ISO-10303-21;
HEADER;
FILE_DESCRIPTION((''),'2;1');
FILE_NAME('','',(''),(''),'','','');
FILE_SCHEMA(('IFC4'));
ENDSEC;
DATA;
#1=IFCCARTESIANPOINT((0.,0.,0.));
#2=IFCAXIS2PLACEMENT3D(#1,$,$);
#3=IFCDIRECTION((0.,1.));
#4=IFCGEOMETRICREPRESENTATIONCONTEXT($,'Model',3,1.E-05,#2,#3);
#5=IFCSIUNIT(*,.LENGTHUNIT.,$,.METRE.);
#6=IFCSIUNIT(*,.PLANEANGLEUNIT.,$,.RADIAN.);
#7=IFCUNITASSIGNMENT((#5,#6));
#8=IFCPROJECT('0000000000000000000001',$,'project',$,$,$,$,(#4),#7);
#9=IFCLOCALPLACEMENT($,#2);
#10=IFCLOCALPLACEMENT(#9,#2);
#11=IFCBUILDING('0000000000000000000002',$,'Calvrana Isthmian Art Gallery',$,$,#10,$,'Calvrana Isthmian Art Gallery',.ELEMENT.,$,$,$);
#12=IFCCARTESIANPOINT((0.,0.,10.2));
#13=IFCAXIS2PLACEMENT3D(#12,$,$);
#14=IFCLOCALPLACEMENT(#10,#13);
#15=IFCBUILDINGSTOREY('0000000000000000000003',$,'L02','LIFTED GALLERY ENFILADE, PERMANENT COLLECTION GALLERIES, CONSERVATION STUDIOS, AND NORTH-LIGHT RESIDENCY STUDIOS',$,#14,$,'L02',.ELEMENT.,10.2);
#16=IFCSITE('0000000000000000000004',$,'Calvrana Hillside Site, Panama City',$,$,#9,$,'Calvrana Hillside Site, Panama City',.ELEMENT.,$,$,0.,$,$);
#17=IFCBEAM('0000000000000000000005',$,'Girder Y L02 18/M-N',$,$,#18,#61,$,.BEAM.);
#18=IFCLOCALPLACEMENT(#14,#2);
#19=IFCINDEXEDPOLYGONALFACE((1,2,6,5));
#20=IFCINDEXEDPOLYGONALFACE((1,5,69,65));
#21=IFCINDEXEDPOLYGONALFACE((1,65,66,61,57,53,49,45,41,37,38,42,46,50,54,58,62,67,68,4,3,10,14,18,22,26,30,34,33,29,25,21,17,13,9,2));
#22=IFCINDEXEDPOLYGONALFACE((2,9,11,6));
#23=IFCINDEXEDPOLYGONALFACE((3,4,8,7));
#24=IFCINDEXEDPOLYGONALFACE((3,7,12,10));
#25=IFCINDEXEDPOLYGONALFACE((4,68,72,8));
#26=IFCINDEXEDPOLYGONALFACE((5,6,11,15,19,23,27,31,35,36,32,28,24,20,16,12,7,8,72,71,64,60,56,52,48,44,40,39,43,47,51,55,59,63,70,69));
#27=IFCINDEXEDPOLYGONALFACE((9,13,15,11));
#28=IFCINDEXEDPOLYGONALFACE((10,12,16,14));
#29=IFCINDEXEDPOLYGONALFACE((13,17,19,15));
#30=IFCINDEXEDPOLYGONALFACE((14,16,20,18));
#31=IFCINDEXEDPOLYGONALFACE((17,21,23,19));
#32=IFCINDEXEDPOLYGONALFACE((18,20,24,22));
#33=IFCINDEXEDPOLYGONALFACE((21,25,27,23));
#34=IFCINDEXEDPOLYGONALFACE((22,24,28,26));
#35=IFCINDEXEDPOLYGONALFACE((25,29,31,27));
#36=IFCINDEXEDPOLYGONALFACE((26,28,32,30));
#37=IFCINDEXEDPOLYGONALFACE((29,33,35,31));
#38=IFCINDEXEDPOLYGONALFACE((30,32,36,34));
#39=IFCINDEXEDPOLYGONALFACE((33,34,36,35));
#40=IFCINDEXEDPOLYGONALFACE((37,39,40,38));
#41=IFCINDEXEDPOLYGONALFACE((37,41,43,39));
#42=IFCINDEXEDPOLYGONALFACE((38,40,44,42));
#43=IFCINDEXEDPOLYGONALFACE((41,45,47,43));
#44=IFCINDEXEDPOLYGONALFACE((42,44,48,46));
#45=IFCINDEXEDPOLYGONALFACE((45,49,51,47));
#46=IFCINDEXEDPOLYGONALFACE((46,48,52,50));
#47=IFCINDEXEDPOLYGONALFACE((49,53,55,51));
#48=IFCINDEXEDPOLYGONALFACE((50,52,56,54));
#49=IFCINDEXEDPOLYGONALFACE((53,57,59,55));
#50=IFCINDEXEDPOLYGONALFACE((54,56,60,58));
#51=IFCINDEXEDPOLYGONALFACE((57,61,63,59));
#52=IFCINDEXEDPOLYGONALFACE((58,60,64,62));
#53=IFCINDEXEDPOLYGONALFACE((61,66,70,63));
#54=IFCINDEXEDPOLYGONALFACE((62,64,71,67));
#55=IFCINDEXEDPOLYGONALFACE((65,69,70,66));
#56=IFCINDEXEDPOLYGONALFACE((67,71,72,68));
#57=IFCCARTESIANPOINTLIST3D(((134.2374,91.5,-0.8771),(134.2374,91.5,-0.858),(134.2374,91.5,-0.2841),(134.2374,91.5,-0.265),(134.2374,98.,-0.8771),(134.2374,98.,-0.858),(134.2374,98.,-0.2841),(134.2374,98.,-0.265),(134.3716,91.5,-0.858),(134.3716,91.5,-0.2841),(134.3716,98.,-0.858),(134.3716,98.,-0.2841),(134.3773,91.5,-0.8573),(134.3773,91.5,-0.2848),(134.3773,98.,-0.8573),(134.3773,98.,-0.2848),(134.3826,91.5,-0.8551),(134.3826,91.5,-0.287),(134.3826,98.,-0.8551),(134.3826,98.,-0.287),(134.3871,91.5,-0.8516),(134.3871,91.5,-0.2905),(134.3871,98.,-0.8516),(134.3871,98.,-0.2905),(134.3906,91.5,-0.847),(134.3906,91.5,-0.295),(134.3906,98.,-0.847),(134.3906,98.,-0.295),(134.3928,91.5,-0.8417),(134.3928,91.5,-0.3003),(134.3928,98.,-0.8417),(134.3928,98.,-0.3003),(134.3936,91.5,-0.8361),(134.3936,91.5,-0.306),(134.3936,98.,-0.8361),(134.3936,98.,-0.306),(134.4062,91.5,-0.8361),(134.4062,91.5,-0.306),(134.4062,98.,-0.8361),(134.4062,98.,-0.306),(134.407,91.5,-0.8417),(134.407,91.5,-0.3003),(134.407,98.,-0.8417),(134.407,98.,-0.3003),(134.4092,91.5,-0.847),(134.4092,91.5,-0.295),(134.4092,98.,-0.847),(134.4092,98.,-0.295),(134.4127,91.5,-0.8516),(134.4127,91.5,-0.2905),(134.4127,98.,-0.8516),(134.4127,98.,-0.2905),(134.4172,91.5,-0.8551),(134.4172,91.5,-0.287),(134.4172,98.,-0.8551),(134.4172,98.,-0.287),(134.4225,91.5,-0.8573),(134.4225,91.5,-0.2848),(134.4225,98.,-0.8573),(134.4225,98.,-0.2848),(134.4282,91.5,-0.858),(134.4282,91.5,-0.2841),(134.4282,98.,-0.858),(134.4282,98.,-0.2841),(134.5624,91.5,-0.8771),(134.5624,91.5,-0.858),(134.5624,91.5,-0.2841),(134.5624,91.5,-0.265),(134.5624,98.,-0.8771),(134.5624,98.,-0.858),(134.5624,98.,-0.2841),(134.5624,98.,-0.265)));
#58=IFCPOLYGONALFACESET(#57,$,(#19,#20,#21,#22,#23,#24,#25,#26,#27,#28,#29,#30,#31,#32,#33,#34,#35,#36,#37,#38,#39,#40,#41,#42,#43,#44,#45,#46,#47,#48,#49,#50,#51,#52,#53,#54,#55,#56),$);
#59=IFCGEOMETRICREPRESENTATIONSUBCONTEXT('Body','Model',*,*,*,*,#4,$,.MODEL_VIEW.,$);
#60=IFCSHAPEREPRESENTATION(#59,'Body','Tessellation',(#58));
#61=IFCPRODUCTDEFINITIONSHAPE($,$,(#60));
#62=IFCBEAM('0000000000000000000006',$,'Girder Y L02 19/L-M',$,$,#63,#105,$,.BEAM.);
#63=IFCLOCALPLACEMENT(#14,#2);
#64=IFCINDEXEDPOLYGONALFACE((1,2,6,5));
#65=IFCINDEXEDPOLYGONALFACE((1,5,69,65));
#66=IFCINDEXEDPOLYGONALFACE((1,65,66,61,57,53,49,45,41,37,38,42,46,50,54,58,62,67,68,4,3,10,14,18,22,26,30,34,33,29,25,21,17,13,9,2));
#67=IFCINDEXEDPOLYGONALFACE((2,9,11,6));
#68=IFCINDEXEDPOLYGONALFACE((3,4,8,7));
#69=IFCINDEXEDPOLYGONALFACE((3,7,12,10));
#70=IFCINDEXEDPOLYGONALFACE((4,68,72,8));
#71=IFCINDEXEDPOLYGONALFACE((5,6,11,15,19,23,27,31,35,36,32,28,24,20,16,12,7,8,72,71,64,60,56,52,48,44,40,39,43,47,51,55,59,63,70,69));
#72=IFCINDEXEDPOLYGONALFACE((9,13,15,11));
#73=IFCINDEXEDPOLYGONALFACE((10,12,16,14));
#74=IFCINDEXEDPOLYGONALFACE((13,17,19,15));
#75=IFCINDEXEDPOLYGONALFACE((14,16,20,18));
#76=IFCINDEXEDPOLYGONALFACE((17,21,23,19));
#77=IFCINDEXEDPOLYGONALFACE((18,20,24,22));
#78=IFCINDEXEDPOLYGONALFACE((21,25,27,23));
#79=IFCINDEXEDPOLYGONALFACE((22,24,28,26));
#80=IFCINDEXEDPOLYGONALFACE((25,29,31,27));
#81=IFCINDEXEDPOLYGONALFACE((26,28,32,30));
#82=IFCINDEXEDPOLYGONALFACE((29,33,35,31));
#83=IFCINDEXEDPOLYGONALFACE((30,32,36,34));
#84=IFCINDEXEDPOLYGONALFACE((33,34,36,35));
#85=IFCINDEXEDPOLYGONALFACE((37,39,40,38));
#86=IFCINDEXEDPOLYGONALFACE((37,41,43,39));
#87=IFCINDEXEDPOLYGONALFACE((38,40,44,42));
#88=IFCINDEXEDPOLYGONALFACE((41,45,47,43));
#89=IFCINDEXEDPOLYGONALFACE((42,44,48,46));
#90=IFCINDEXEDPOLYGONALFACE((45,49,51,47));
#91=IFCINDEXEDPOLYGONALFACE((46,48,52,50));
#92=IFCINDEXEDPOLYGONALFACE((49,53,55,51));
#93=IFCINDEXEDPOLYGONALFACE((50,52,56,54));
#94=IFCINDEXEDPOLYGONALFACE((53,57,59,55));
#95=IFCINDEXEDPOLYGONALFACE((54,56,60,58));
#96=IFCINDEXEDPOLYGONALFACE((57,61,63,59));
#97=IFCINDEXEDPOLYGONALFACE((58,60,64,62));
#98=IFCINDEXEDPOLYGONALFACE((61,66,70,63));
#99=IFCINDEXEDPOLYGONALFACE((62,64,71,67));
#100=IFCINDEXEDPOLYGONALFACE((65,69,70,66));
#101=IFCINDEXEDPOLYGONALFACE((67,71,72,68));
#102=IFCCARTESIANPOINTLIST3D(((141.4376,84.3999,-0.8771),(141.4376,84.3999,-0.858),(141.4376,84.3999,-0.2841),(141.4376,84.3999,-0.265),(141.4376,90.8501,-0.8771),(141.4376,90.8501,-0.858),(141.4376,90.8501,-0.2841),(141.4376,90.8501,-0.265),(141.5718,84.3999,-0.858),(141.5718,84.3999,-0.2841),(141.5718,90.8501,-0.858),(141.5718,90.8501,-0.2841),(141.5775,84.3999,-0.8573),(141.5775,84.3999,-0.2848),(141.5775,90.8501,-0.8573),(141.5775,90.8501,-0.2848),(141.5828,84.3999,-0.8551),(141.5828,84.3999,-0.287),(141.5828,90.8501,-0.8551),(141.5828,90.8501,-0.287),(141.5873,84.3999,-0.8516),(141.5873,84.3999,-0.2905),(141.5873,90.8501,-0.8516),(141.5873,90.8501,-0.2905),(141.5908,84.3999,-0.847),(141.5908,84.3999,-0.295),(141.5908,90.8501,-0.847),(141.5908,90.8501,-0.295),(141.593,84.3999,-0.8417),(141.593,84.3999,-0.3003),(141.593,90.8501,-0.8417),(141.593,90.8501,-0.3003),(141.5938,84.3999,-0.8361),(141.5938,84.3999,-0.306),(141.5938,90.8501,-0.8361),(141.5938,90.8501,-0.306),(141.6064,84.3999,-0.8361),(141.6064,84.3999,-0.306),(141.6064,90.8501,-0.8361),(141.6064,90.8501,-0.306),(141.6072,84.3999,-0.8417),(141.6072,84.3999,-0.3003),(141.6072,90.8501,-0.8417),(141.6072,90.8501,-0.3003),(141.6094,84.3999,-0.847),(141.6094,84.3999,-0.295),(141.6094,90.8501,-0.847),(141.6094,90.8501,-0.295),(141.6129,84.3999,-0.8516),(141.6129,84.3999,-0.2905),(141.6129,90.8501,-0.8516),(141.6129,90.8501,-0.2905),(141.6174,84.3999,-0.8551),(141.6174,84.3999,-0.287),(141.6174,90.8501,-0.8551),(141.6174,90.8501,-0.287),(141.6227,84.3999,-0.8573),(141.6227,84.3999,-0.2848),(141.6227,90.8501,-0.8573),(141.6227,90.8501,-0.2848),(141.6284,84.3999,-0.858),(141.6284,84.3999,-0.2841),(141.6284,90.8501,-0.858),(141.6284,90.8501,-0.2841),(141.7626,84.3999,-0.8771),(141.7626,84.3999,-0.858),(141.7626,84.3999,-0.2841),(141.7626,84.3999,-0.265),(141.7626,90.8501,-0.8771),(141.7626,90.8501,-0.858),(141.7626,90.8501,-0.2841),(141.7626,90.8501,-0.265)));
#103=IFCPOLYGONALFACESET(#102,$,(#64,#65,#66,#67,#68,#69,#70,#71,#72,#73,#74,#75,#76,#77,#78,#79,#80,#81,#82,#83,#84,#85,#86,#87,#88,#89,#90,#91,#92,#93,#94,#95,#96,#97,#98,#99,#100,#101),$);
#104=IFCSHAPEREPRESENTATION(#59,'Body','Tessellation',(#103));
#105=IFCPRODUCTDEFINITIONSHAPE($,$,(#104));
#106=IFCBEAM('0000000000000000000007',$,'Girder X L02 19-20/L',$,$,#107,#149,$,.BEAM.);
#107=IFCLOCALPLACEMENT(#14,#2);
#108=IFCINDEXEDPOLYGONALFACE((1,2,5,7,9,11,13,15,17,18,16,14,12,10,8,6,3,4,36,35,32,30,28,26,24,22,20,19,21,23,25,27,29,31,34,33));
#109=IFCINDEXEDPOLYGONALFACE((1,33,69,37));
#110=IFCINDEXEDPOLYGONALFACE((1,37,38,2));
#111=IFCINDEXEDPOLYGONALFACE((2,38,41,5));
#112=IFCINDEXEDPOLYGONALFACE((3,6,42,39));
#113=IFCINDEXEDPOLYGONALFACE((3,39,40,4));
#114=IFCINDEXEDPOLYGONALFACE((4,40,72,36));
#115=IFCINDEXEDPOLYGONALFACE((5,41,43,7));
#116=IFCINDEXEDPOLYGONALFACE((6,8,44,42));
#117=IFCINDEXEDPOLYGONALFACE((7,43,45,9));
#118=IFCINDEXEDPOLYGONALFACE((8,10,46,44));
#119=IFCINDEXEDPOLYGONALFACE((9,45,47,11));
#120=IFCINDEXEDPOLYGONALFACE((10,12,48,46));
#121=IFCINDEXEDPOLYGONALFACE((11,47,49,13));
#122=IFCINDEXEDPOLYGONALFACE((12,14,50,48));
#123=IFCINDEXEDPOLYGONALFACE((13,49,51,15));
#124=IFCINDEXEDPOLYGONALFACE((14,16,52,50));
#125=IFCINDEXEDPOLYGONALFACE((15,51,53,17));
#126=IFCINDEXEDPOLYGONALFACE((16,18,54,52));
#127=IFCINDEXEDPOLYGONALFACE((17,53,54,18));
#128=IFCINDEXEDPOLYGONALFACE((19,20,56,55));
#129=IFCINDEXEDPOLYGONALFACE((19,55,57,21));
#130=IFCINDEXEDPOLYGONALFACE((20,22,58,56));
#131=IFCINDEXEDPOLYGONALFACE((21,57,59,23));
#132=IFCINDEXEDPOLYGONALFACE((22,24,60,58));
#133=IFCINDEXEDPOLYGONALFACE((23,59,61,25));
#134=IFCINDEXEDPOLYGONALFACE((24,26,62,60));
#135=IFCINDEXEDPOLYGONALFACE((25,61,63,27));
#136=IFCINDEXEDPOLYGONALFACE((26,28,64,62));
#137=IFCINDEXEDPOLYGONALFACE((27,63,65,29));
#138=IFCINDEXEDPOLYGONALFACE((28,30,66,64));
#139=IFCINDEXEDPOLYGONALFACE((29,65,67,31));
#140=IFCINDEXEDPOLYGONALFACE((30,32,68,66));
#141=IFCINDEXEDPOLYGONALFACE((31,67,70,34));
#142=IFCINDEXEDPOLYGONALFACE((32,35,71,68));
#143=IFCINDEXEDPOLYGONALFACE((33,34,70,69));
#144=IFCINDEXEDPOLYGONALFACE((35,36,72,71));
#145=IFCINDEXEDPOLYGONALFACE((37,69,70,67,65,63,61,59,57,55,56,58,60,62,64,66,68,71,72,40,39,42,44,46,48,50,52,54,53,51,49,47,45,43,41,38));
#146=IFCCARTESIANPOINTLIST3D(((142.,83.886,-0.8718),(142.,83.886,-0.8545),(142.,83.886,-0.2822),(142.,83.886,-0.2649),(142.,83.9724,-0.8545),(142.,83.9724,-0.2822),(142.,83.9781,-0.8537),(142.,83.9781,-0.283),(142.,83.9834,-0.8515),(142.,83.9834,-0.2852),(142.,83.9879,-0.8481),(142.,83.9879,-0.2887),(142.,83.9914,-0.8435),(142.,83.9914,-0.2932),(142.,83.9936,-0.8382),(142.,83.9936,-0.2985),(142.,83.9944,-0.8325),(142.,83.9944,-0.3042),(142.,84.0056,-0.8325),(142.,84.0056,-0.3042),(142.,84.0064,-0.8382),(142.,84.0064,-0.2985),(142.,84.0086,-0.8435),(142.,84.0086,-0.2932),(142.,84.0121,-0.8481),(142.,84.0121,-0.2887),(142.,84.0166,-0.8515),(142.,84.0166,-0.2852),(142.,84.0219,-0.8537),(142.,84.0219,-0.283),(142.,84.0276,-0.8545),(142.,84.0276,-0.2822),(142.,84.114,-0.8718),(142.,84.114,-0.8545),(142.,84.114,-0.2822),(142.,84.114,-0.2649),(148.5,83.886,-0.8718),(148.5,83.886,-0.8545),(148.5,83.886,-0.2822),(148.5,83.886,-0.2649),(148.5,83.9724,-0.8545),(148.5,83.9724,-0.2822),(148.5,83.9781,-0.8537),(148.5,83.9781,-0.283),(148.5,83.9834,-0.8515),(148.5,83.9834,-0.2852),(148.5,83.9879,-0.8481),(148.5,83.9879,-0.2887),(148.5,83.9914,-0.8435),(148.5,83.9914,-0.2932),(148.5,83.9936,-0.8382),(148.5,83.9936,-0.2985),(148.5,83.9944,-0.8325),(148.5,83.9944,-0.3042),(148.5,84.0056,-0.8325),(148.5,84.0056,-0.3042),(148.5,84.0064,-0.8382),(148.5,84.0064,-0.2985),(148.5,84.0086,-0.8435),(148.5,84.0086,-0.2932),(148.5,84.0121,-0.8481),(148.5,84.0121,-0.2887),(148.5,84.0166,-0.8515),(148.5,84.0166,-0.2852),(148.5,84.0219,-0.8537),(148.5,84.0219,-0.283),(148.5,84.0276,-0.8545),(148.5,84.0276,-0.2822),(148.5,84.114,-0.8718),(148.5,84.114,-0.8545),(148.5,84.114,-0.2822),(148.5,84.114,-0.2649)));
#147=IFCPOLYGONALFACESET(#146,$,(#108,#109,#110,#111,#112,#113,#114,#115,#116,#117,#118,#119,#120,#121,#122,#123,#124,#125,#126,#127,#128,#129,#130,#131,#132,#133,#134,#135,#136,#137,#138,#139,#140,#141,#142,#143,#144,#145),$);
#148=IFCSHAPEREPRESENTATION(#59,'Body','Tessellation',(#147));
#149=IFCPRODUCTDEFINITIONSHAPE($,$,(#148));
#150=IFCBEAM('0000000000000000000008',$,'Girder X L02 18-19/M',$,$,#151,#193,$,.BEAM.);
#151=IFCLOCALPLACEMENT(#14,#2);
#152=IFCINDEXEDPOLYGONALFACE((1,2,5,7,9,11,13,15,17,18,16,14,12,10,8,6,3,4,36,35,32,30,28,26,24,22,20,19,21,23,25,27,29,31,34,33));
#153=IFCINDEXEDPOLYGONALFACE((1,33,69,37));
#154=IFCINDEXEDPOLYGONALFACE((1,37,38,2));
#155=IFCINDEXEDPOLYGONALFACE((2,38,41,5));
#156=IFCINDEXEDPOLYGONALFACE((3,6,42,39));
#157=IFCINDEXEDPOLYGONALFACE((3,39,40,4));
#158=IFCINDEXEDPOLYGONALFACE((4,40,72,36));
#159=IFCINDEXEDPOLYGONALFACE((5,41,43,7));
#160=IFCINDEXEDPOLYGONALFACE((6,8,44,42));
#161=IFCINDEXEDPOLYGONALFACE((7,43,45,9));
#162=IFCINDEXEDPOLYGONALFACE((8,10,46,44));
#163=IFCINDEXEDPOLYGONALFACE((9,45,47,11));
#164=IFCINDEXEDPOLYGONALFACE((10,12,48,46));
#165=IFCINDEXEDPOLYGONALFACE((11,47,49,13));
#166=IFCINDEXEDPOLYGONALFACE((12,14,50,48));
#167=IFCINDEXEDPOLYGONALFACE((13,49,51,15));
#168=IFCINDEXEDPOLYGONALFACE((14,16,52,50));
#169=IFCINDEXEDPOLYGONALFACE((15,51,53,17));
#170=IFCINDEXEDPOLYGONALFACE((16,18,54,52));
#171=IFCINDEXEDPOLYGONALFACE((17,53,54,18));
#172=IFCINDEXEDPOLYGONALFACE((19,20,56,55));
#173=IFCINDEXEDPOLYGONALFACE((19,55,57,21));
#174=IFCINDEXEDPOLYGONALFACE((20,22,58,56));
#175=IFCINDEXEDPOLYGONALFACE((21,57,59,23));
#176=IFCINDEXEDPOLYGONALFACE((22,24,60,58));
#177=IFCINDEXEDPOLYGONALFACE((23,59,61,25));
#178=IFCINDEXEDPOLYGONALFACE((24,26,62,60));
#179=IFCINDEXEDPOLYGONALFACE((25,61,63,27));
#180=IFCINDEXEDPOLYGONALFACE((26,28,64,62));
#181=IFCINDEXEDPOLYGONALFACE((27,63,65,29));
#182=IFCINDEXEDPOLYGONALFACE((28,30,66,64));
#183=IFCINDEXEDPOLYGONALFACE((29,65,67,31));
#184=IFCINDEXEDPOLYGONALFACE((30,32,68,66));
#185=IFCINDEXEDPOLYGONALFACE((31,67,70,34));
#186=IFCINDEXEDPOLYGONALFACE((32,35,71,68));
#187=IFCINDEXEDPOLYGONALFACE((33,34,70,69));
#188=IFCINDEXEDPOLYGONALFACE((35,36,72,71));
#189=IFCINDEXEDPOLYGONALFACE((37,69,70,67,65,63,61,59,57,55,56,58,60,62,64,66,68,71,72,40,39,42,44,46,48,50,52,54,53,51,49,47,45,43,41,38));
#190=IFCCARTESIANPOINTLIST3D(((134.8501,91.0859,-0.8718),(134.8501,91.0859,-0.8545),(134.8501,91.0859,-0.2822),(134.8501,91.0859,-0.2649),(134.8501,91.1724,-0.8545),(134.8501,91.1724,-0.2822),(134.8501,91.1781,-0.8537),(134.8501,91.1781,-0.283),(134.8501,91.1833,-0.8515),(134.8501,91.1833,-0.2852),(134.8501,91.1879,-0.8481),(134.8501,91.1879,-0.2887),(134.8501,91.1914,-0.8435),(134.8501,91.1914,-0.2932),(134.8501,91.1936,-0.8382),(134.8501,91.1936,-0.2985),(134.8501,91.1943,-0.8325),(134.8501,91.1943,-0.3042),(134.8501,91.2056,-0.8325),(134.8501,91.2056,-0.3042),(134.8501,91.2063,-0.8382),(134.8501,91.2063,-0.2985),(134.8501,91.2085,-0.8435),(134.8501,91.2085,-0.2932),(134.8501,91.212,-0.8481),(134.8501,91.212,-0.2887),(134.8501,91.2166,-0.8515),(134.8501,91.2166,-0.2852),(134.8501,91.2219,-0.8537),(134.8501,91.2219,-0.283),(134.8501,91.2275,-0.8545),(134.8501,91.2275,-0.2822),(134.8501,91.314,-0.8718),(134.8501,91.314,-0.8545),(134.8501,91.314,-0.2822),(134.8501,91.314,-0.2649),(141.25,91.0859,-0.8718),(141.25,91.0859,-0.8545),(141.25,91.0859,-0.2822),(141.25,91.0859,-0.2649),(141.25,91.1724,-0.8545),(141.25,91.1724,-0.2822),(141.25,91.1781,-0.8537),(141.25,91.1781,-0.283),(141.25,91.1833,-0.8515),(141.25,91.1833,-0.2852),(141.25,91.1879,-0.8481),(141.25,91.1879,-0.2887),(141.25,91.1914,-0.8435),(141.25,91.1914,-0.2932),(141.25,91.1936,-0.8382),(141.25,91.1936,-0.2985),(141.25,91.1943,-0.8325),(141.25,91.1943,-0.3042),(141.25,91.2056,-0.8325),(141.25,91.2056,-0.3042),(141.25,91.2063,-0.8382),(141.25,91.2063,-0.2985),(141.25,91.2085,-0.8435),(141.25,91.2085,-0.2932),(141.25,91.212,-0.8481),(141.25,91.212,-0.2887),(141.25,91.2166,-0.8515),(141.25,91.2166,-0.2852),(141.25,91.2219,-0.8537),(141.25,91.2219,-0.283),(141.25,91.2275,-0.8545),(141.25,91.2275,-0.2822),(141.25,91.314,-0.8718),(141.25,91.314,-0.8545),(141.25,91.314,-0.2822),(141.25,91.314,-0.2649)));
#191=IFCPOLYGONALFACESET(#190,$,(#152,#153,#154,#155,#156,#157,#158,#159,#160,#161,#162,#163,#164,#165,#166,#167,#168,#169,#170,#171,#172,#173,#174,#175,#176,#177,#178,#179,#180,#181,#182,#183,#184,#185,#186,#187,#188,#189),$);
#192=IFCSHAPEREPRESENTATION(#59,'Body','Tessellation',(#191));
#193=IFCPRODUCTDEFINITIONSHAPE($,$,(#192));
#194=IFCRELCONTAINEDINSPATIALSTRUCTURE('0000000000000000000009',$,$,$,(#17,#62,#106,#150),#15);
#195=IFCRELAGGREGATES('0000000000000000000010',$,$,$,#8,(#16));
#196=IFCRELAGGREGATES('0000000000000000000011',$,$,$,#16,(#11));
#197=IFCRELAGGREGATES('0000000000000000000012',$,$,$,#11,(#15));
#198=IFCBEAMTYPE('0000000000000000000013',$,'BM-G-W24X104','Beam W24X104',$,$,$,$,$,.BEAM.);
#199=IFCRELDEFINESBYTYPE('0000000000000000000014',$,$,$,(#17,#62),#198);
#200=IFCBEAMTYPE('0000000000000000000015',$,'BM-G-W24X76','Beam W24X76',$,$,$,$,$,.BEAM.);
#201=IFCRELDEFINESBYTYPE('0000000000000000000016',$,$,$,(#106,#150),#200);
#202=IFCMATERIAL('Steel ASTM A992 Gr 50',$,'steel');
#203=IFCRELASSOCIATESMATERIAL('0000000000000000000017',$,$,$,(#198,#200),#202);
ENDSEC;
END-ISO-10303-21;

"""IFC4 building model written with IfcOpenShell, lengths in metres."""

from ifc_helpers import new_model, si_unit, direction, frame, origin, origin_2d, place, context, subcontext, project, spatial, i_section, extrude, material, material_profile, profile_set, type_object, element, save


model = new_model("IFC4")

# Units and contexts
model_context = context("Model", 3, precision=1e-05, world=origin(), true_north=direction((0.0, 1.0)))
body_context = subcontext(model_context, "Body", "Model", "MODEL_VIEW")
ifc_project = project(units=[si_unit("LENGTHUNIT", "METRE"), si_unit("PLANEANGLEUNIT", "RADIAN")], contexts=[model_context])

# Site, building, storey
site_placement = place(None, origin())
site = spatial("IfcSite", under=ifc_project, at=site_placement, Name="Calvrana Hillside Site, Panama City", LongName="Calvrana Hillside Site, Panama City", CompositionType="ELEMENT", RefElevation=0.0)
building_placement = place(site_placement, origin())
building = spatial("IfcBuilding", under=site, at=building_placement, Name="Calvrana Isthmian Art Gallery", LongName="Calvrana Isthmian Art Gallery", CompositionType="ELEMENT")
storey_placement = place(building_placement, frame((0.0, 0.0, 10.2)))
storey = spatial("IfcBuildingStorey", under=building, at=storey_placement, Name="L02", Description="LIFTED GALLERY ENFILADE, PERMANENT COLLECTION GALLERIES, CONSERVATION STUDIOS, AND NORTH-LIGHT RESIDENCY STUDIOS", LongName="L02", CompositionType="ELEMENT", Elevation=10.2)

# Beams
ifc_material_1 = material(Name="Steel ASTM A992 Gr 50", Category="steel")
ifc_material_profile_1 = material_profile(ifc_material_1, i_section(OverallWidth=0.325, OverallDepth=0.6121, WebThickness=0.0127, FlangeThickness=0.019, FilletRadius=0.022, at=origin_2d()), Name="W24X104")
ifc_profile_set_1 = profile_set([ifc_material_profile_1], Name="Steel ASTM A992 Gr 50")
beam_type_1 = type_object("IfcBeamType", Name="BM-G-W24X104", Description="Beam W24X104", PredefinedType="BEAM", material=ifc_profile_set_1)
beam_1_placement = place(storey_placement, frame((134.3999, 91.5, -0.571), z_axis=(0.0, 1.0, 0.0), x_axis=(-1.0, 0.0, 0.0)))
element("IfcBeam", 1, at=beam_1_placement, inside=storey, type_object=beam_type_1, Name="Girder Y L02 18/M-N", PredefinedType="BEAM", context=body_context, shape_type="SweptSolid", body=[
    extrude(i_section(OverallWidth=0.325, OverallDepth=0.6121, WebThickness=0.0127, FlangeThickness=0.019, FilletRadius=0.022, at=origin_2d()), origin(), (0.0, 0.0, 1.0), 6.5),
])
beam_2_placement = place(storey_placement, frame((141.6001, 84.3999, -0.571), z_axis=(0.0, 1.0, 0.0), x_axis=(-1.0, 0.0, 0.0)))
element("IfcBeam", 2, at=beam_2_placement, inside=storey, type_object=beam_type_1, Name="Girder Y L02 19/L-M", PredefinedType="BEAM", context=body_context, shape_type="SweptSolid", body=[
    extrude(i_section(OverallWidth=0.325, OverallDepth=0.6121, WebThickness=0.0127, FlangeThickness=0.019, FilletRadius=0.022, at=origin_2d()), origin(), (0.0, 0.0, 1.0), 6.4502),
])
ifc_material_profile_2 = material_profile(ifc_material_1, i_section(OverallWidth=0.228, OverallDepth=0.6069, WebThickness=0.0112, FlangeThickness=0.0173, FilletRadius=0.022, at=origin_2d()), Name="W24X76")
ifc_profile_set_2 = profile_set([ifc_material_profile_2], Name="Steel ASTM A992 Gr 50")
beam_type_2 = type_object("IfcBeamType", Name="BM-G-W24X76", Description="Beam W24X76", PredefinedType="BEAM", material=ifc_profile_set_2)
beam_3_placement = place(storey_placement, frame((142.0, 84.0, -0.5684), z_axis=(1.0, 0.0, 0.0), x_axis=(0.0, 1.0, 0.0)))
element("IfcBeam", 3, at=beam_3_placement, inside=storey, type_object=beam_type_2, Name="Girder X L02 19-20/L", PredefinedType="BEAM", context=body_context, shape_type="SweptSolid", body=[
    extrude(i_section(OverallWidth=0.228, OverallDepth=0.6069, WebThickness=0.0112, FlangeThickness=0.0173, FilletRadius=0.022, at=origin_2d()), origin(), (0.0, 0.0, 1.0), 6.5),
])
beam_4_placement = place(storey_placement, frame((134.8501, 91.2, -0.5684), z_axis=(1.0, 0.0, 0.0), x_axis=(0.0, 1.0, 0.0)))
element("IfcBeam", 4, at=beam_4_placement, inside=storey, type_object=beam_type_2, Name="Girder X L02 18-19/M", PredefinedType="BEAM", context=body_context, shape_type="SweptSolid", body=[
    extrude(i_section(OverallWidth=0.228, OverallDepth=0.6069, WebThickness=0.0112, FlangeThickness=0.0173, FilletRadius=0.022, at=origin_2d()), origin(), (0.0, 0.0, 1.0), 6.3999),
])

save(model, "model.ifc")
